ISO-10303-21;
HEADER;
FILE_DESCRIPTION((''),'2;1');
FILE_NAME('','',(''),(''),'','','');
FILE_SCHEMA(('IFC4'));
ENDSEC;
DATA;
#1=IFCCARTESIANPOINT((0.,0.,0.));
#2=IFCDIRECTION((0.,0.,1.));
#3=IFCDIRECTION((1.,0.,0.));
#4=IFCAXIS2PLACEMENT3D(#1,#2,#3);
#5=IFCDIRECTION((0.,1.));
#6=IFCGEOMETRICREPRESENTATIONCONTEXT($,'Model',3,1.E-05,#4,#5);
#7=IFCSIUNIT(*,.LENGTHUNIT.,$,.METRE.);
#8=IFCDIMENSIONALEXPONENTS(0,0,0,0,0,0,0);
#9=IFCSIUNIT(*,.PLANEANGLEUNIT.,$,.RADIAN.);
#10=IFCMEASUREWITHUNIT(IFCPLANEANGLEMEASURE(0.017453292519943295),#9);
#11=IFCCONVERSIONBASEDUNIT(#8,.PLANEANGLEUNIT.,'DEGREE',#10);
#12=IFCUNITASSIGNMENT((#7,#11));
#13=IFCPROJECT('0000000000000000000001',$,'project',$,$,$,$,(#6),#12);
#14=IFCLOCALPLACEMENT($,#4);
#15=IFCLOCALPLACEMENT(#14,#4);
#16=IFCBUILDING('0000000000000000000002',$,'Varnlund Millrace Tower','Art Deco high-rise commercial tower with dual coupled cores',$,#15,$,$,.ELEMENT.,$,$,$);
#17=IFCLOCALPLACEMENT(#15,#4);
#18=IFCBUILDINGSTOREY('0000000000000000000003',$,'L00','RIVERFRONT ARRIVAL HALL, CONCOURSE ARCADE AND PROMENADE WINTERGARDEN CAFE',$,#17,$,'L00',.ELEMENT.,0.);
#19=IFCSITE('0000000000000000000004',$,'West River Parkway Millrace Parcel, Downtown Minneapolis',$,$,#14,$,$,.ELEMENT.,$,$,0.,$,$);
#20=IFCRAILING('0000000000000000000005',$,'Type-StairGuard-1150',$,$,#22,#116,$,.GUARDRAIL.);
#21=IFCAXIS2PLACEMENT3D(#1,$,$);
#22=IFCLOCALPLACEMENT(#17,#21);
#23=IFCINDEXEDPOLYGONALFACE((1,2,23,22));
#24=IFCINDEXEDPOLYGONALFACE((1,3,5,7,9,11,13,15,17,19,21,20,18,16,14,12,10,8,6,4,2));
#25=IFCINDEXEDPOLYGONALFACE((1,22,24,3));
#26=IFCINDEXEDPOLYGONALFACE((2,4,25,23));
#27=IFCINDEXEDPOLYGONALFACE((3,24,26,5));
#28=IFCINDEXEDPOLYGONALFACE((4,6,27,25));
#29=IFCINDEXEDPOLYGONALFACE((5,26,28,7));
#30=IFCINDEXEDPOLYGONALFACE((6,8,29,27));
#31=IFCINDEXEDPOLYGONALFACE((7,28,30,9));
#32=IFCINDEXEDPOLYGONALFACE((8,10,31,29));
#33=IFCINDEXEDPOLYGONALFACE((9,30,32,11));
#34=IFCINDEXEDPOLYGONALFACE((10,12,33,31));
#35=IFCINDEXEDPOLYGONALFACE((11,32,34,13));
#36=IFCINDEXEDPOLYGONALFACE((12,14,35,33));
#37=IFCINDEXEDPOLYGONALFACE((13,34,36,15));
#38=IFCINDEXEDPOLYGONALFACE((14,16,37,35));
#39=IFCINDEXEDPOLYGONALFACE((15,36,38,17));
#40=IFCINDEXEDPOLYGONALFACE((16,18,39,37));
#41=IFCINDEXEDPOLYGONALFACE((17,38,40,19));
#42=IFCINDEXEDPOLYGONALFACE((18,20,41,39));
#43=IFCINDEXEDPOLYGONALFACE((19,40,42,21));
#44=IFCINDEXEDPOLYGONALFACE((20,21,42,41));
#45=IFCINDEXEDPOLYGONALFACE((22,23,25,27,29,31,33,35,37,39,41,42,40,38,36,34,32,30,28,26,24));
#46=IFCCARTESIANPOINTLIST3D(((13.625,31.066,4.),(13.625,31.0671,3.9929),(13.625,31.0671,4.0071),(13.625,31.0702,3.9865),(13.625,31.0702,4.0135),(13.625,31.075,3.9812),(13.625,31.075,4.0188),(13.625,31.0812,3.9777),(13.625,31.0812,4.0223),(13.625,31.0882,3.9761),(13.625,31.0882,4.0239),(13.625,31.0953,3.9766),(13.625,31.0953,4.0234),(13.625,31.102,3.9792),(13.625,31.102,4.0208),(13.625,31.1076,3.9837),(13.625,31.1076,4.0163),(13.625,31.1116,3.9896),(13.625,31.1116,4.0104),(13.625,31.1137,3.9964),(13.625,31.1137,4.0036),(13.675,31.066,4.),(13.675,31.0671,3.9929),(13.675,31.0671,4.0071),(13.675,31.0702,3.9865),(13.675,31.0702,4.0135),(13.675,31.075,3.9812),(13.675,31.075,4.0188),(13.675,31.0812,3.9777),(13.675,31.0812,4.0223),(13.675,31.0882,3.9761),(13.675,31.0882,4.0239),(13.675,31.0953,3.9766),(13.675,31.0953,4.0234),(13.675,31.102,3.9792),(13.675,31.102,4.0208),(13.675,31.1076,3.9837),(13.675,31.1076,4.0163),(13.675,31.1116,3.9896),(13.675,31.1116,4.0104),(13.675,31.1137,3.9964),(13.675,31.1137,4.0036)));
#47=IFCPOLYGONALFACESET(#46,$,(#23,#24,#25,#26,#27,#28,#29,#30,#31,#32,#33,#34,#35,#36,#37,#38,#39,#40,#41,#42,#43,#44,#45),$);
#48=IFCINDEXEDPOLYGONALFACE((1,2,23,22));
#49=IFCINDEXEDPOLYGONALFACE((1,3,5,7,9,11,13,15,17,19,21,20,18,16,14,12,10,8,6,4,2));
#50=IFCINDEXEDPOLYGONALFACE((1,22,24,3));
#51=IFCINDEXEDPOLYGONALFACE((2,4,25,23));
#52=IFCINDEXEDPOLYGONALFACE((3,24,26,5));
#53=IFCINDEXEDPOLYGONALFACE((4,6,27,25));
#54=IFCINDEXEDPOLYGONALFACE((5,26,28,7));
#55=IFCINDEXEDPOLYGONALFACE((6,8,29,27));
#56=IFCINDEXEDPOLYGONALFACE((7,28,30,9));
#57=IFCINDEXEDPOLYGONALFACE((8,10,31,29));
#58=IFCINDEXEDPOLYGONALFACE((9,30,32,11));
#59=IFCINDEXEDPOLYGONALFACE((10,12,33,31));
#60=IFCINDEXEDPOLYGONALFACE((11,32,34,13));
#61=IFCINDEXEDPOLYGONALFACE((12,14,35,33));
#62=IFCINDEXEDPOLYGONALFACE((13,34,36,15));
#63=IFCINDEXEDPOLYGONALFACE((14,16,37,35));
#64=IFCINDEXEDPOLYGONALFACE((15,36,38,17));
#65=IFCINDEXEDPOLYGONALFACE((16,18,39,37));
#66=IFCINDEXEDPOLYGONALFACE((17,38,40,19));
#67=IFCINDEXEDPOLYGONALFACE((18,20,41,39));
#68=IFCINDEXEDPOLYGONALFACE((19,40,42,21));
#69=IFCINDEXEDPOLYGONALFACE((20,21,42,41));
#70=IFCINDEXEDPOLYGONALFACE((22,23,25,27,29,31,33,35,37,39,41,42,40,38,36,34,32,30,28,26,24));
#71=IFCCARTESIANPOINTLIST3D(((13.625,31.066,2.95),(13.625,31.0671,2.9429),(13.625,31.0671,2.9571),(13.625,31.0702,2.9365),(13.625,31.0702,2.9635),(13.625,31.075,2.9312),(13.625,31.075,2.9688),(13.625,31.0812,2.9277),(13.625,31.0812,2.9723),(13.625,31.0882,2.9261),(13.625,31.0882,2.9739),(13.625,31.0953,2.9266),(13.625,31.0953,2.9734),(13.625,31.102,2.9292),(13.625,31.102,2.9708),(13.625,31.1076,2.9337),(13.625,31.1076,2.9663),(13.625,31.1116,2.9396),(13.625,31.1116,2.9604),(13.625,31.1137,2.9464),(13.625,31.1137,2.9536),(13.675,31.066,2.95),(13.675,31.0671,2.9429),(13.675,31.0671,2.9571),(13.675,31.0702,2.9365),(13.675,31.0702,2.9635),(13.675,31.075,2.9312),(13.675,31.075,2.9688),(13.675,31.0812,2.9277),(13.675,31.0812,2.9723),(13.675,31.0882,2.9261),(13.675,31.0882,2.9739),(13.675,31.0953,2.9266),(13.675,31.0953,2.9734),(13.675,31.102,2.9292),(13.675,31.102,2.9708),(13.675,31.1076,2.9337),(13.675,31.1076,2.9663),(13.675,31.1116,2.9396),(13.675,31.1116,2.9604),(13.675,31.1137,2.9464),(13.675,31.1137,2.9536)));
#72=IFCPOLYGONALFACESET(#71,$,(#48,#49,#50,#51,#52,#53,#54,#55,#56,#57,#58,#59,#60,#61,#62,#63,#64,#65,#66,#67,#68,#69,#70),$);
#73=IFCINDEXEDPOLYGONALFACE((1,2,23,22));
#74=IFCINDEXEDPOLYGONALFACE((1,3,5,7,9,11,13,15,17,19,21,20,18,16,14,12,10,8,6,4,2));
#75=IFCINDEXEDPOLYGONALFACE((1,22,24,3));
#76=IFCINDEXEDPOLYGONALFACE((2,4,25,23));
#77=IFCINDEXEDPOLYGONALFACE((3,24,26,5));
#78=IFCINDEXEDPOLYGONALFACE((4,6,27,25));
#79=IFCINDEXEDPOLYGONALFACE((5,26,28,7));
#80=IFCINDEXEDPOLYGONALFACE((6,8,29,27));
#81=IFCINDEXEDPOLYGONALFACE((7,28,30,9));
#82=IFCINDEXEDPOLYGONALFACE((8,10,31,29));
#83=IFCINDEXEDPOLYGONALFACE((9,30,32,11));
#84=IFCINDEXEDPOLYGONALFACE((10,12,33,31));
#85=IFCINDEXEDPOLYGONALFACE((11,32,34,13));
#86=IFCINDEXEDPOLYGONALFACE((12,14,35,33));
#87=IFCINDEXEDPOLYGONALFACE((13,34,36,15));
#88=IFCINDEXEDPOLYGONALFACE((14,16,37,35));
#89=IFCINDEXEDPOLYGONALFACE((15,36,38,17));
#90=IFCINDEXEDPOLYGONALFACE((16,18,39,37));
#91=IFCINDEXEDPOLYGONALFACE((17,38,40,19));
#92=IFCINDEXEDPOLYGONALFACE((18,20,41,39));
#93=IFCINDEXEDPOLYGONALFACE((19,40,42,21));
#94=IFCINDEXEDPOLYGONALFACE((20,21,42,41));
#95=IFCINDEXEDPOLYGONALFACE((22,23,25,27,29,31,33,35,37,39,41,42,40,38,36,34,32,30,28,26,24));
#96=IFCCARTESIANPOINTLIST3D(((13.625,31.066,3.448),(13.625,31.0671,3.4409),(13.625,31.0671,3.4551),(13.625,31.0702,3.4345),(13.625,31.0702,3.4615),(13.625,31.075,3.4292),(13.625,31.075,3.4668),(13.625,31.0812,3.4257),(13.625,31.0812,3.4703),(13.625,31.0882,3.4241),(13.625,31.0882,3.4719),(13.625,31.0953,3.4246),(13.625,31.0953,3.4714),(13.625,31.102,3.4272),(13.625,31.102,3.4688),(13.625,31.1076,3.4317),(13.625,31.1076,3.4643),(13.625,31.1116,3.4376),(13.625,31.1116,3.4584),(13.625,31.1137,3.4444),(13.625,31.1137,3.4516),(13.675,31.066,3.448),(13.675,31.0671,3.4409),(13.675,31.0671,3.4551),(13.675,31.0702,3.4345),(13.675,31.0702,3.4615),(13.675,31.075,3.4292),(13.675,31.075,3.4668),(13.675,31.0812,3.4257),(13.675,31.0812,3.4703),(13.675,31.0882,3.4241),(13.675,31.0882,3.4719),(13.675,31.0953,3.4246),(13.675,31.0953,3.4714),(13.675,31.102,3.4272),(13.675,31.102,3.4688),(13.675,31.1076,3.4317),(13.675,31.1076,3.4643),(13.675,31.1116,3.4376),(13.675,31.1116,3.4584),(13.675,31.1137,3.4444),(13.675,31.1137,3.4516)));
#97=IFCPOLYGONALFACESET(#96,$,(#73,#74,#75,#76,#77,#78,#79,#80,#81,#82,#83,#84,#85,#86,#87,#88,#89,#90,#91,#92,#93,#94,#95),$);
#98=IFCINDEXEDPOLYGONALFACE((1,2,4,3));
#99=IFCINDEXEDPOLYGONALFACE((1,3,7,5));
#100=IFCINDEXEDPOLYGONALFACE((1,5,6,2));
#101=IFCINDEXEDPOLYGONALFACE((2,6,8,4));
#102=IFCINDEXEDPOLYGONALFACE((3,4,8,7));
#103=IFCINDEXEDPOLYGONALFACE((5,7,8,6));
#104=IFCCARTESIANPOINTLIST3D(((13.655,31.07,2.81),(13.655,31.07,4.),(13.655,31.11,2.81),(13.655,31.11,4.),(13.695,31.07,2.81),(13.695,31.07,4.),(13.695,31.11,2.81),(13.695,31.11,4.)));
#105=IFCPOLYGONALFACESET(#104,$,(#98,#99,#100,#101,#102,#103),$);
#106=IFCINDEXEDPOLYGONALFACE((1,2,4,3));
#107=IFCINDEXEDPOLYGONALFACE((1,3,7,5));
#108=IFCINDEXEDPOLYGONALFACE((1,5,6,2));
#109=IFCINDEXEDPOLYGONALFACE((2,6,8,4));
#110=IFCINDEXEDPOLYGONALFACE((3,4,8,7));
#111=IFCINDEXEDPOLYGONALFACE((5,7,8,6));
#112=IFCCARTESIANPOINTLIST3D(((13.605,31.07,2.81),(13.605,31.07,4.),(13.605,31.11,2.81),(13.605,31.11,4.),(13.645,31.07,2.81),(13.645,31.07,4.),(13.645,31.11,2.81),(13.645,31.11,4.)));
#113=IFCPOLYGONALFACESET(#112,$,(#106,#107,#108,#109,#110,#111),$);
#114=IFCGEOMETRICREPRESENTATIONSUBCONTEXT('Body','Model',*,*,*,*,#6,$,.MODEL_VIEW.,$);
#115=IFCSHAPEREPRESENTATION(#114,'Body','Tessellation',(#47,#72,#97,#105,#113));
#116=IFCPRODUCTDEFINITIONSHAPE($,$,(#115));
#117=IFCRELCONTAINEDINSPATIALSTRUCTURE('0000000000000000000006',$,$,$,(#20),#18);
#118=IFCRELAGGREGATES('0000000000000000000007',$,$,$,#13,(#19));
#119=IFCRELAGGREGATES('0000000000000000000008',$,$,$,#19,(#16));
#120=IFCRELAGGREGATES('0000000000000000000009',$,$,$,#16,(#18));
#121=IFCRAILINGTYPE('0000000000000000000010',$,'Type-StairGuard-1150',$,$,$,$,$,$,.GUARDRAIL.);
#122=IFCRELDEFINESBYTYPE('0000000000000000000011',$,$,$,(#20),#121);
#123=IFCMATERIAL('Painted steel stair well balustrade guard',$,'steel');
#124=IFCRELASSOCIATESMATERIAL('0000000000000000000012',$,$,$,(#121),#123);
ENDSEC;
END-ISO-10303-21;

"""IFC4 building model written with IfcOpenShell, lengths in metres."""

from ifc_helpers import new_model, entity, si_unit, converted_unit, direction, frame, origin_with_axes, origin_2d_with_axis, place, context, subcontext, project, spatial, rectangle, circle, extrude, material, type_object, element, save


model = new_model("IFC4")

# Units and contexts
model_context = context("Model", 3, precision=1e-05, world=origin_with_axes(), true_north=direction((0.0, 1.0)))
body_context = subcontext(model_context, "Body", "Model", "MODEL_VIEW")
ifc_project = project(units=[si_unit("LENGTHUNIT", "METRE"), converted_unit("PLANEANGLEUNIT", "DEGREE", entity("IfcPlaneAngleMeasure", 0.017453292519943295), si_unit("PLANEANGLEUNIT", "RADIAN"), dimensions=[0, 0, 0, 0, 0, 0, 0])], contexts=[model_context])

# Site, building, storey
site_placement = place(None, origin_with_axes())
site = spatial("IfcSite", under=ifc_project, at=site_placement, Name="West River Parkway Millrace Parcel, Downtown Minneapolis", CompositionType="ELEMENT", RefElevation=0.0)
building_placement = place(site_placement, origin_with_axes())
building = spatial("IfcBuilding", under=site, at=building_placement, Name="Varnlund Millrace Tower", Description="Art Deco high-rise commercial tower with dual coupled cores", CompositionType="ELEMENT")
storey_placement = place(building_placement, origin_with_axes())
storey = spatial("IfcBuildingStorey", under=building, at=storey_placement, Name="L00", Description="RIVERFRONT ARRIVAL HALL, CONCOURSE ARCADE AND PROMENADE WINTERGARDEN CAFE", LongName="L00", CompositionType="ELEMENT", Elevation=0.0)

# Railing
ifc_material_1 = material(Name="Painted steel stair well balustrade guard", Category="steel")
railing_type_1 = type_object("IfcRailingType", Name="Type-StairGuard-1150", PredefinedType="GUARDRAIL", material=ifc_material_1)
railing_1_placement = place(storey_placement, origin_with_axes())
element("IfcRailing", 1, at=railing_1_placement, inside=storey, type_object=railing_type_1, Name="Type-StairGuard-1150", PredefinedType="GUARDRAIL", context=body_context, shape_type="SweptSolid", body=[
    extrude(circle(Radius=0.024, at=origin_2d_with_axis()), frame((13.675, 31.09, 4.0), z_axis=(-1.0, 0.0, 0.0), x_axis=(0.0, -1.0, 0.0)), (0.0, 0.0, 1.0), 0.05),
    extrude(circle(Radius=0.024, at=origin_2d_with_axis()), frame((13.675, 31.09, 2.95), z_axis=(-1.0, 0.0, 0.0), x_axis=(0.0, -1.0, 0.0)), (0.0, 0.0, 1.0), 0.05),
    extrude(circle(Radius=0.024, at=origin_2d_with_axis()), frame((13.675, 31.09, 3.448), z_axis=(-1.0, 0.0, 0.0), x_axis=(0.0, -1.0, 0.0)), (0.0, 0.0, 1.0), 0.05),
    extrude(rectangle(XDim=0.04, YDim=0.04, at=origin_2d_with_axis()), frame((13.675, 31.09, 2.81), z_axis=(0.0, 0.0, 1.0), x_axis=(1.0, 0.0, 0.0)), (0.0, 0.0, 1.0), 1.19),
    extrude(rectangle(XDim=0.04, YDim=0.04, at=origin_2d_with_axis()), frame((13.625, 31.09, 2.81), z_axis=(0.0, 0.0, 1.0), x_axis=(1.0, 0.0, 0.0)), (0.0, 0.0, 1.0), 1.19),
])

save(model, "model.ifc")
